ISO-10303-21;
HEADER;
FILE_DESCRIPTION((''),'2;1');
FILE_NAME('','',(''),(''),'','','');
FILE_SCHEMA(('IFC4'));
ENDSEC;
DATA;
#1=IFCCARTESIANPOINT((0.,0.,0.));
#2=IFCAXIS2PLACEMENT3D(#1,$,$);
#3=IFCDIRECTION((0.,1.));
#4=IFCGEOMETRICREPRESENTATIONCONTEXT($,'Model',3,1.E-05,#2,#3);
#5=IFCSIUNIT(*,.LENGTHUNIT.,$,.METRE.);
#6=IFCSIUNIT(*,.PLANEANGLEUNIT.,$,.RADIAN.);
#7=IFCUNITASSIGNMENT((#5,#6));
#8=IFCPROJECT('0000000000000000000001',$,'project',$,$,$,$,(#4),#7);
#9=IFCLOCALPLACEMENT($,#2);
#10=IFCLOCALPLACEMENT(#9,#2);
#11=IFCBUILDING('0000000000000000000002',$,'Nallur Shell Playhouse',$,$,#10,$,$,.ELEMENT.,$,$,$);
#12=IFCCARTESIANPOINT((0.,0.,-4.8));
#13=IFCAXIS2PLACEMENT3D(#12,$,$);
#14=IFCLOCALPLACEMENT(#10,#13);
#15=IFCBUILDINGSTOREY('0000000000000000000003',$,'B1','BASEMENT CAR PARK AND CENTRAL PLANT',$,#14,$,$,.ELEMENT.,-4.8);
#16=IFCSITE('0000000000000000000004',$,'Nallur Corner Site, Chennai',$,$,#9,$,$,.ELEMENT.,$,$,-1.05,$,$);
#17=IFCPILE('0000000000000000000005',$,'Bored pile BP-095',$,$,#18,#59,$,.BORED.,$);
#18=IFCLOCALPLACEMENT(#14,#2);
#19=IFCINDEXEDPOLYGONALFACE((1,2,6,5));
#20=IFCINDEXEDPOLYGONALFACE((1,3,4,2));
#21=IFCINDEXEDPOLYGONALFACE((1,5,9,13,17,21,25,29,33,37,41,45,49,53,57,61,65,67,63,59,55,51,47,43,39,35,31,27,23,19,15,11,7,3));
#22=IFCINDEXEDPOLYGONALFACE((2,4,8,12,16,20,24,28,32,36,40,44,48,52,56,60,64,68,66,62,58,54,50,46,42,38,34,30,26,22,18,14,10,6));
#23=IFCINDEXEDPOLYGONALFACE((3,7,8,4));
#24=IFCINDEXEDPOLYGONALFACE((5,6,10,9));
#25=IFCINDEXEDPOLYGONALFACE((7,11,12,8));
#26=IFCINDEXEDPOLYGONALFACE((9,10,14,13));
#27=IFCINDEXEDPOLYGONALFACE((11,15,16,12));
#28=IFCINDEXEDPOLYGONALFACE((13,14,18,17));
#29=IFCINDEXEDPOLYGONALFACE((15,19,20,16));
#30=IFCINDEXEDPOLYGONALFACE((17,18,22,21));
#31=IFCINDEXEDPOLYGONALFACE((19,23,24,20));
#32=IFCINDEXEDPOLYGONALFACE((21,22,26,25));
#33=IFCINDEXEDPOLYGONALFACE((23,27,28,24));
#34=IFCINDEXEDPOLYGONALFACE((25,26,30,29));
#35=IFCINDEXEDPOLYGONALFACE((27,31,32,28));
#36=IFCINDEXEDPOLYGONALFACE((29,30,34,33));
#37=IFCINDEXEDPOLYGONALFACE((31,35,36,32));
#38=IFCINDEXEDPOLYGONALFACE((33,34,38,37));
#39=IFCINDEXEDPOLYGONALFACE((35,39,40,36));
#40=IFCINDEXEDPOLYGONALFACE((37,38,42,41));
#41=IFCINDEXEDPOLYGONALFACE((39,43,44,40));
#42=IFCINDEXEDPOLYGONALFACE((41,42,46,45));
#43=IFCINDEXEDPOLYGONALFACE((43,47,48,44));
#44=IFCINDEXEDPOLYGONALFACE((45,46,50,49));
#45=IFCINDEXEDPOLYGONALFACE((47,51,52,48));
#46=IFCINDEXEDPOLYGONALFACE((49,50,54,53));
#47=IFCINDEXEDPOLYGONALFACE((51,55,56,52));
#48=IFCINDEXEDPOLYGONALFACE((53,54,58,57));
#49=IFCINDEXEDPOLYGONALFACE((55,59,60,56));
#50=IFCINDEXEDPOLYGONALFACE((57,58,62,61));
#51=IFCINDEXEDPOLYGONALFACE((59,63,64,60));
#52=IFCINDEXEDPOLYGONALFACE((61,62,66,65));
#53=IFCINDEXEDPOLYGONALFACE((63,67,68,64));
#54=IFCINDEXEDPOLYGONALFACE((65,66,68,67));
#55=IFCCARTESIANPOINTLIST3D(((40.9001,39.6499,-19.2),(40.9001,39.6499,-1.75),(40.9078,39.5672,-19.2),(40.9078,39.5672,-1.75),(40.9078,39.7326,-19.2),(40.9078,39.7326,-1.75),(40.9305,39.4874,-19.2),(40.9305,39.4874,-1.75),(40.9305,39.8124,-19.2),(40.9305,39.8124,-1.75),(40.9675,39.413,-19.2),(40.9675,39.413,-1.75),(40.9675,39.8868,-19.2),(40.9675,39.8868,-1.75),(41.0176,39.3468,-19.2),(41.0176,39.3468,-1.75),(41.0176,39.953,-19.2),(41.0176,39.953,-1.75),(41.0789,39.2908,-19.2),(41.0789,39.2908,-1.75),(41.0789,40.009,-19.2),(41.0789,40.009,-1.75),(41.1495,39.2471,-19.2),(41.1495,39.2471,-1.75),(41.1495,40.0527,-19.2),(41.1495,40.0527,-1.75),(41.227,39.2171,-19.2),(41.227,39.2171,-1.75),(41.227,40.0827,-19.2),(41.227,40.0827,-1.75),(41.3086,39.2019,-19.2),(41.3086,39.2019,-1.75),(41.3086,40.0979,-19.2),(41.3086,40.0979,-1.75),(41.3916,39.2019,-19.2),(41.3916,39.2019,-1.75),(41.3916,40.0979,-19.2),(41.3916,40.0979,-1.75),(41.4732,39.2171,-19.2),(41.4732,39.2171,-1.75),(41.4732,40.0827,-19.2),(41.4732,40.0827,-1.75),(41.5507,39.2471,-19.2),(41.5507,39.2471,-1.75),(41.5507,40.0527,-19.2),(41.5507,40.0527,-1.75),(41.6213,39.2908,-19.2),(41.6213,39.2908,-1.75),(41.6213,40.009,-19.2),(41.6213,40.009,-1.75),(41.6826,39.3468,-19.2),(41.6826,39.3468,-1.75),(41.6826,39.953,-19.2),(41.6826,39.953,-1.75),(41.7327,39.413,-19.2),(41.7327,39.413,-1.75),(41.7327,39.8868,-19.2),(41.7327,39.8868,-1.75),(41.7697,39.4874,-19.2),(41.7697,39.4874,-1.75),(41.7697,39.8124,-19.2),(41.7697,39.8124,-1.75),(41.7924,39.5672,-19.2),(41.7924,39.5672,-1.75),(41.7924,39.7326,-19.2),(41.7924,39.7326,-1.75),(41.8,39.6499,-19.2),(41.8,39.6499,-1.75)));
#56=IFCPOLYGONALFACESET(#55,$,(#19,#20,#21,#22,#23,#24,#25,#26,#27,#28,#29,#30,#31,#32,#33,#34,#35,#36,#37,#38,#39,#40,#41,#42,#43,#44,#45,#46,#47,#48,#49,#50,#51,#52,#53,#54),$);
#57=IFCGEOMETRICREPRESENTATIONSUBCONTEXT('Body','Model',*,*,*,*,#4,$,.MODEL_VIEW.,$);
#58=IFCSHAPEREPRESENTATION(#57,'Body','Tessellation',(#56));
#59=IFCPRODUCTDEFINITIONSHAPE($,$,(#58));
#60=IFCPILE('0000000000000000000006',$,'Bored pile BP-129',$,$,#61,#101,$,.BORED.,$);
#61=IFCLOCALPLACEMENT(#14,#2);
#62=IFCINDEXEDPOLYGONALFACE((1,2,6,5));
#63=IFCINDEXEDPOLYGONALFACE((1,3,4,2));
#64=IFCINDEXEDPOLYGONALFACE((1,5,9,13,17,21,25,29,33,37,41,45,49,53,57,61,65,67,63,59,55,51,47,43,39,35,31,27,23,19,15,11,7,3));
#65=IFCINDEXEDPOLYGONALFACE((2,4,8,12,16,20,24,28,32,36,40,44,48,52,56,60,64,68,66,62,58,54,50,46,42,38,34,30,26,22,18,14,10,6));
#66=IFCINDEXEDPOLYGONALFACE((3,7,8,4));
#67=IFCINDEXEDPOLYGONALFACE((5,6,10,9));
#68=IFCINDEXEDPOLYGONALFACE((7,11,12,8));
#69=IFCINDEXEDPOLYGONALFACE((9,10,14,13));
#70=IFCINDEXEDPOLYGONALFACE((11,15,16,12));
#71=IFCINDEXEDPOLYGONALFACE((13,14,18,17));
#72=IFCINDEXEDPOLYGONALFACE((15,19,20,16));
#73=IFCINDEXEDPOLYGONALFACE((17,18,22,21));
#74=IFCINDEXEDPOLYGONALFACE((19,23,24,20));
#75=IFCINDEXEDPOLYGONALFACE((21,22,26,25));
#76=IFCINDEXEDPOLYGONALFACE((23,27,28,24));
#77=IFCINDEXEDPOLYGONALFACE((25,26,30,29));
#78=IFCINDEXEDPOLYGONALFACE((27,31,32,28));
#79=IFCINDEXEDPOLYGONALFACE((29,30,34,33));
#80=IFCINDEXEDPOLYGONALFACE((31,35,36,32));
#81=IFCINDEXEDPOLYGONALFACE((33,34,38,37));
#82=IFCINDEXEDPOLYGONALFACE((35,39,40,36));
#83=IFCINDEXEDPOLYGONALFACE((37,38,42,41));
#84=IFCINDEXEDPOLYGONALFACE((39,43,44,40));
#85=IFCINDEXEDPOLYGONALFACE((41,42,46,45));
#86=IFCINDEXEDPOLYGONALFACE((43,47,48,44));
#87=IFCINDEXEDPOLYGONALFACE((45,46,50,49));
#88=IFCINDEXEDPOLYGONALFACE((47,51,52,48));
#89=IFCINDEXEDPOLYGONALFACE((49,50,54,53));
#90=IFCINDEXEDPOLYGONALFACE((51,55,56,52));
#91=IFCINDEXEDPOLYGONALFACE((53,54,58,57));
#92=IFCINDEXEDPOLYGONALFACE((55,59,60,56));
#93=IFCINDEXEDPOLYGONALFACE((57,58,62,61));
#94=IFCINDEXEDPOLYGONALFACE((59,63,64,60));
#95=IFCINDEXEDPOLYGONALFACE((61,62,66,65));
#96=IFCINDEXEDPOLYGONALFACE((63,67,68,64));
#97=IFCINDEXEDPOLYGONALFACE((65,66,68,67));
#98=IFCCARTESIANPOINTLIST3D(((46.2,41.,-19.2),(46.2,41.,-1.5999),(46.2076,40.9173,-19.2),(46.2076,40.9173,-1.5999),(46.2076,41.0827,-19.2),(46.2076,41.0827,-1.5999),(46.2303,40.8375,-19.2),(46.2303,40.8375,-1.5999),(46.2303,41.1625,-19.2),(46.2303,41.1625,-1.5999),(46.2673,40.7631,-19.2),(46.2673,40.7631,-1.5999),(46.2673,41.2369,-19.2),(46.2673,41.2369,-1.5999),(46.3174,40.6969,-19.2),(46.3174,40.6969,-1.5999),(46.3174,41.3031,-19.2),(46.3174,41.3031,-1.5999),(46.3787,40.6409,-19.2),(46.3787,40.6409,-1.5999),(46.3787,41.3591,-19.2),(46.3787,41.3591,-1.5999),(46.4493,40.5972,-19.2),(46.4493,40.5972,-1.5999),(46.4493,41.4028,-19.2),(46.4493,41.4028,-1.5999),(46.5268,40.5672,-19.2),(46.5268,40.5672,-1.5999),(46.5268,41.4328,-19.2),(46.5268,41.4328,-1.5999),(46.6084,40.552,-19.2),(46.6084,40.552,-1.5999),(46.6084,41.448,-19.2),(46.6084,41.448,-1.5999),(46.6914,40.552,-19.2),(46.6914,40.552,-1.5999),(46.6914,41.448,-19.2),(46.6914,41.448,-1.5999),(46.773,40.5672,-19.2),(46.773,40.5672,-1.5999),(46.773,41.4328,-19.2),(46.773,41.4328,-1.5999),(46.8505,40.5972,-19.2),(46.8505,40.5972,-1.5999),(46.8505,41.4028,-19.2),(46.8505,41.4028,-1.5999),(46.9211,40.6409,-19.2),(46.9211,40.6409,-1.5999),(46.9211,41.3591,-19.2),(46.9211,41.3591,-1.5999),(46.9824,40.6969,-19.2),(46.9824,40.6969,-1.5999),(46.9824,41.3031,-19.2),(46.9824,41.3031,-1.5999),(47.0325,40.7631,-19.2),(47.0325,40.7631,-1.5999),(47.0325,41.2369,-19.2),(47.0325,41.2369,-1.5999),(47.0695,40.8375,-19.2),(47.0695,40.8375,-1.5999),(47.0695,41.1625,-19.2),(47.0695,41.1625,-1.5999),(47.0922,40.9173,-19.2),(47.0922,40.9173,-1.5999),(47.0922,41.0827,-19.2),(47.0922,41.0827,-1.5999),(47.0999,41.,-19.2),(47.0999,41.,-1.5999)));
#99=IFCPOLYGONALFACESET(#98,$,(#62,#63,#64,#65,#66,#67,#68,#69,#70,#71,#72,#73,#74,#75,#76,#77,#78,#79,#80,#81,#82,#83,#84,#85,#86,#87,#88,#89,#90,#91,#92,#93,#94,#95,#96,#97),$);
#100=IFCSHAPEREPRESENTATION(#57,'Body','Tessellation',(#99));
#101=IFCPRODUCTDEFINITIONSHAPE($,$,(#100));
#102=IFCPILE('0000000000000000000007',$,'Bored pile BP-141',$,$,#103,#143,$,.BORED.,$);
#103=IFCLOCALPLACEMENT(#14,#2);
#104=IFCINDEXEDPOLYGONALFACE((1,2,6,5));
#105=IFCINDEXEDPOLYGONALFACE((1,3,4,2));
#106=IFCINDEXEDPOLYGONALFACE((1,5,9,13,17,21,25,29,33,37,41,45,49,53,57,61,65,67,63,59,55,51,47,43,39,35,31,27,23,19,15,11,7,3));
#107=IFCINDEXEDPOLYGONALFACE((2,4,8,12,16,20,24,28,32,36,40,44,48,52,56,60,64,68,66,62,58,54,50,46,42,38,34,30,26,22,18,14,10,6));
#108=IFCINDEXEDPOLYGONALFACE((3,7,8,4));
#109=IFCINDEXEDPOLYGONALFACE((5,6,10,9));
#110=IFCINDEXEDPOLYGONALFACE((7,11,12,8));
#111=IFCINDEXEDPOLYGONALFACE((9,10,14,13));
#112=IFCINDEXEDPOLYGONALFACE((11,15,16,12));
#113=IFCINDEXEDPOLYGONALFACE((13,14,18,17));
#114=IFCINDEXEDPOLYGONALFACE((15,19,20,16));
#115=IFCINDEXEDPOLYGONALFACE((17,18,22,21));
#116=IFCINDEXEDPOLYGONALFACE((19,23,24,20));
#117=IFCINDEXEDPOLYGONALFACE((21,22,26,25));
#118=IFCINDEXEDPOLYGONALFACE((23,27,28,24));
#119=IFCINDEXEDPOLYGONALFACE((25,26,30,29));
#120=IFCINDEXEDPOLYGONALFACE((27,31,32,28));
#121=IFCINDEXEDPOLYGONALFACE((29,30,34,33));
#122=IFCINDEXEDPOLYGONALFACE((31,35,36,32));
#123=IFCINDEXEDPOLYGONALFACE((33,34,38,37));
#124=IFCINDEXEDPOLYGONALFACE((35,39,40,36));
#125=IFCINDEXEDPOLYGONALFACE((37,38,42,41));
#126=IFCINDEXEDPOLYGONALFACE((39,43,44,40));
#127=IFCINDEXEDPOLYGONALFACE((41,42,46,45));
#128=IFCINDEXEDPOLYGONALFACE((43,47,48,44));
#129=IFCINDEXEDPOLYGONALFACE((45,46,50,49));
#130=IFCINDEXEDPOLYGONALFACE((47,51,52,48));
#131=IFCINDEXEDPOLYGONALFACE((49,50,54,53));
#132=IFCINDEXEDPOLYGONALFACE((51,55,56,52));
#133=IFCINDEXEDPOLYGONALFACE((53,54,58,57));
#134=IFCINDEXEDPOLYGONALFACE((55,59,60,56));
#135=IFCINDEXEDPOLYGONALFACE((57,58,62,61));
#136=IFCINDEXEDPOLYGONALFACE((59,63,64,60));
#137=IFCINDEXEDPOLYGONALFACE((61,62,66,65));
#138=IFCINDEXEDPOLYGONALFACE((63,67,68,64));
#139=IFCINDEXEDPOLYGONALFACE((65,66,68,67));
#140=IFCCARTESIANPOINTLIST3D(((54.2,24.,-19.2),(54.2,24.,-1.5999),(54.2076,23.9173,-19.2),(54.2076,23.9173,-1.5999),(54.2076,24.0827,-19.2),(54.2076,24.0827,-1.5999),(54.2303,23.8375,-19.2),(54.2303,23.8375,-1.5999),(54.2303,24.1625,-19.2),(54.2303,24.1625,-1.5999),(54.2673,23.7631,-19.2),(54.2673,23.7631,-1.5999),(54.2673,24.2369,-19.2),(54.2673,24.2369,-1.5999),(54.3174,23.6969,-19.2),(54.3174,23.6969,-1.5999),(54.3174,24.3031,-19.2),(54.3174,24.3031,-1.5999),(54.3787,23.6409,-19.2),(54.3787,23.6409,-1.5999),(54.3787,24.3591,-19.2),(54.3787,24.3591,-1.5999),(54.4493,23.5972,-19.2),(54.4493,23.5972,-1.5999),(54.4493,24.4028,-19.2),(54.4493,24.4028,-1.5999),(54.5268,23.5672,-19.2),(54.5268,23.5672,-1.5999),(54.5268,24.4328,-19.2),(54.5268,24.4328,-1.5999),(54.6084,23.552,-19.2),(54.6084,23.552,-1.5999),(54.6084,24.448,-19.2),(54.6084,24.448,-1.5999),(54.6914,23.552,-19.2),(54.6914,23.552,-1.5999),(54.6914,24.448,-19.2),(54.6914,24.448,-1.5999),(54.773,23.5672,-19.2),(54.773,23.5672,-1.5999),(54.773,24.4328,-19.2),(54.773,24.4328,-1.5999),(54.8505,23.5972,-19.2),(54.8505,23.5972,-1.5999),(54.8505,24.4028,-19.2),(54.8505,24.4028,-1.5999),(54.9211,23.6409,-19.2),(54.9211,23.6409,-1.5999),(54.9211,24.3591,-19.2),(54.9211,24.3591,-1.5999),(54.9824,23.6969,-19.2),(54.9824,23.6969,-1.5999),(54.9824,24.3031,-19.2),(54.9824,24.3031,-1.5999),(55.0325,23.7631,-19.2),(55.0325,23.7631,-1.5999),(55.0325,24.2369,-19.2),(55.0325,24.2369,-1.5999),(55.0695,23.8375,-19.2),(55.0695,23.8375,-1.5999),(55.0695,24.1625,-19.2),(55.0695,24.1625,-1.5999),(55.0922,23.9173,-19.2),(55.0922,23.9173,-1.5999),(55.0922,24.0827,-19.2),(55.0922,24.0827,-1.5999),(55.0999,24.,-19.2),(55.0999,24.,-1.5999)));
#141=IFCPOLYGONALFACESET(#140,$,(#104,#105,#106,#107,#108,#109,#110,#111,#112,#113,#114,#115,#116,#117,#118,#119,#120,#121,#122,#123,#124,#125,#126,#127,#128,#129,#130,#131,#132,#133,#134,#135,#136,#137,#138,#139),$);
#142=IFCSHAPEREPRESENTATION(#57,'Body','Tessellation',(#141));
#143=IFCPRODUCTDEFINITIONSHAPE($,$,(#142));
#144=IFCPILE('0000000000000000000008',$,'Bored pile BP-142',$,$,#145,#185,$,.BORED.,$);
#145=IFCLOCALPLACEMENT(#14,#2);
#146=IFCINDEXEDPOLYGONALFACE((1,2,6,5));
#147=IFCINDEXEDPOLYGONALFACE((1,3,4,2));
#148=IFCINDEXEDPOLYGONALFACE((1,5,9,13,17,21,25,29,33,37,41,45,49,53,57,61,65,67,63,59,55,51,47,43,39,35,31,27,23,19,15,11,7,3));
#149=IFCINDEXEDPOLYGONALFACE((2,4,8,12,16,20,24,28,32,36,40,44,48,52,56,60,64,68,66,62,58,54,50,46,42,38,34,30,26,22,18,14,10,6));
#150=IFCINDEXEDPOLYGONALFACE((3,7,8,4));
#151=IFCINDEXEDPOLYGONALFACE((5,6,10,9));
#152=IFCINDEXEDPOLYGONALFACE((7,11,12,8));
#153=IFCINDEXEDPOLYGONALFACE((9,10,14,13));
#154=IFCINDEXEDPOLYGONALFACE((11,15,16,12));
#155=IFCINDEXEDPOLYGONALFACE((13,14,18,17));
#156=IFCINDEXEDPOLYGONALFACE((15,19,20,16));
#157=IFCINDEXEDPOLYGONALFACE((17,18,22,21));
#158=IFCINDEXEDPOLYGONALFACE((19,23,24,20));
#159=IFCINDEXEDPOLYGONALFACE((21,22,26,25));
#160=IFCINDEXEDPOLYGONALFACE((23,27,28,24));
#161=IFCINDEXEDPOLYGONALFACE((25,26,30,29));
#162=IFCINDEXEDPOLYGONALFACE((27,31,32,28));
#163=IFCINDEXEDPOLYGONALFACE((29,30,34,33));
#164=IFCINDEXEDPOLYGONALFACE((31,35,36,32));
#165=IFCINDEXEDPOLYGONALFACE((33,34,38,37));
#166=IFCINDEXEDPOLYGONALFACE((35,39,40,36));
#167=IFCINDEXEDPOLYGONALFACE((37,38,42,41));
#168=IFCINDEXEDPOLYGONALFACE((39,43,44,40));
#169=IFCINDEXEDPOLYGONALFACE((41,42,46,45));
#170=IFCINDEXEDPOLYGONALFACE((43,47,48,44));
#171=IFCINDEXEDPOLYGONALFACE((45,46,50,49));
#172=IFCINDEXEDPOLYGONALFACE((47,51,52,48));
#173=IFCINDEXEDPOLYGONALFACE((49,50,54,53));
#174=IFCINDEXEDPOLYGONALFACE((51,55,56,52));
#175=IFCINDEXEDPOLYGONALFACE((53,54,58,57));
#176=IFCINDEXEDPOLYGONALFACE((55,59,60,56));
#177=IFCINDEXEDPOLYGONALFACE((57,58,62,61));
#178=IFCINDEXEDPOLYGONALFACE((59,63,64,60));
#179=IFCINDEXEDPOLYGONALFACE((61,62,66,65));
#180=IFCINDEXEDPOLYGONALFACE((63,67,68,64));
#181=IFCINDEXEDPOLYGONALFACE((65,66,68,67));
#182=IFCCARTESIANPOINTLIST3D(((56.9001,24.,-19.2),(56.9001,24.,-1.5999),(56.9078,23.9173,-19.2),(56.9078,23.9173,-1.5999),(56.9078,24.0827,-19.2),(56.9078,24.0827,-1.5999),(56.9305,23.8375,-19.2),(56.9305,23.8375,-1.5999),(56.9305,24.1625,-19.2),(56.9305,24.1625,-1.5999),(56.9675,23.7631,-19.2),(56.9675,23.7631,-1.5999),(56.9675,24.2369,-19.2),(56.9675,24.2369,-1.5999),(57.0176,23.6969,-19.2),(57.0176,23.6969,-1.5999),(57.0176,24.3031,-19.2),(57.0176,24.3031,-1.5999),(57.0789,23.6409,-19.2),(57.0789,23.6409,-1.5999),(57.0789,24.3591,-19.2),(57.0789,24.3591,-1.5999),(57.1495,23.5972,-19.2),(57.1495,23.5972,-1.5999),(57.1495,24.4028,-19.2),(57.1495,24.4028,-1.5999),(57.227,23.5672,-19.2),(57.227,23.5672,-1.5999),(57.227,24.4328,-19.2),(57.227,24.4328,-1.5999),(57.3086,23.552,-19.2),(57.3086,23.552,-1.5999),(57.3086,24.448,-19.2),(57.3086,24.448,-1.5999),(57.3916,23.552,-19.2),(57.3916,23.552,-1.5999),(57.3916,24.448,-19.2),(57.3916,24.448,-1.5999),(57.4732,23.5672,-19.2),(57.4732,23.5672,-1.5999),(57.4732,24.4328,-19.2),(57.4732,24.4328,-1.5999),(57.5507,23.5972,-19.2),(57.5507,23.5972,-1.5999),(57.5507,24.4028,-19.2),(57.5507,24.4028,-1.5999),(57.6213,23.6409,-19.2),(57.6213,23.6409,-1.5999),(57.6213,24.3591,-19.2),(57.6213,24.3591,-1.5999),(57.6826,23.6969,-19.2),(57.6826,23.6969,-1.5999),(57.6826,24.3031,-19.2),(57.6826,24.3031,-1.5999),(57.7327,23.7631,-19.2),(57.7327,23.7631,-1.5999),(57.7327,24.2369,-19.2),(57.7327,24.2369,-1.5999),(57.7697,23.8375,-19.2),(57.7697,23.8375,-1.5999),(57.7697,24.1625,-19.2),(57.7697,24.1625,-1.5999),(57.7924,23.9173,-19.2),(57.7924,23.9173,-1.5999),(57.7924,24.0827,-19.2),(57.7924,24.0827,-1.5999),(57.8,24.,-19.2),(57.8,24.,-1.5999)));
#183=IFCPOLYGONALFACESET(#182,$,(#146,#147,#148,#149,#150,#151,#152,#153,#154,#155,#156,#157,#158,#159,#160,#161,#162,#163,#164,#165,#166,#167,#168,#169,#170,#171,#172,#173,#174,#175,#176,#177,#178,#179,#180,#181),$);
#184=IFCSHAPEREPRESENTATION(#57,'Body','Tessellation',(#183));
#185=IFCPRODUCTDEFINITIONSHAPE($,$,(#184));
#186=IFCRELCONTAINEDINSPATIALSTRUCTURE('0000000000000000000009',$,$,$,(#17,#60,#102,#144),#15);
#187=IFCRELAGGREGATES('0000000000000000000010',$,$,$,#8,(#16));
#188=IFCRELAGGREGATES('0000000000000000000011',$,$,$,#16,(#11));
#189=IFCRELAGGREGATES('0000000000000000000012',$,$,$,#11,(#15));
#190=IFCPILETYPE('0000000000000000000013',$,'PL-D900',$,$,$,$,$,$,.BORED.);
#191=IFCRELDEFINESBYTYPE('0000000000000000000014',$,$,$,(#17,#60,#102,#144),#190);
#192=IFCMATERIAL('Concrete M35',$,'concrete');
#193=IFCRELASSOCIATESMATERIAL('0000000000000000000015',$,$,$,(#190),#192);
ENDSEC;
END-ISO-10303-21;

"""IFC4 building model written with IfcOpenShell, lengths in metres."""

from ifc_helpers import new_model, si_unit, direction, frame, origin, origin_2d, place, context, subcontext, project, spatial, circle, extrude, material, material_profile, profile_set, type_object, element, save


model = new_model("IFC4")

# Units and contexts
model_context = context("Model", 3, precision=1e-05, world=origin(), true_north=direction((0.0, 1.0)))
body_context = subcontext(model_context, "Body", "Model", "MODEL_VIEW")
ifc_project = project(units=[si_unit("LENGTHUNIT", "METRE"), si_unit("PLANEANGLEUNIT", "RADIAN")], contexts=[model_context])

# Site, building, storey
site_placement = place(None, origin())
site = spatial("IfcSite", under=ifc_project, at=site_placement, Name="Nallur Corner Site, Chennai", CompositionType="ELEMENT", RefElevation=-1.05)
building_placement = place(site_placement, origin())
building = spatial("IfcBuilding", under=site, at=building_placement, Name="Nallur Shell Playhouse", CompositionType="ELEMENT")
storey_placement = place(building_placement, frame((0.0, 0.0, -4.8)))
storey = spatial("IfcBuildingStorey", under=building, at=storey_placement, Name="B1", Description="BASEMENT CAR PARK AND CENTRAL PLANT", CompositionType="ELEMENT", Elevation=-4.8)

# Shared definitions
ifc_material_1 = material(Name="Concrete M35", Category="concrete")

# Piles
ifc_material_profile_1 = material_profile(ifc_material_1, circle(Radius=0.45, at=origin_2d()), Name="BORED PILE D900")
ifc_profile_set_1 = profile_set([ifc_material_profile_1], Name="Concrete M35")
pile_type_1 = type_object("IfcPileType", Name="PL-D900", PredefinedType="BORED", material=ifc_profile_set_1)
for number, where, z_axis, x_axis, name in (
    (1, (41.3501, 39.6499, -1.75), (0.0, 0.0, -1.0), (1.0, 0.0, 0.0), "Bored pile BP-095"),
):
    element("IfcPile", number, at=place(storey_placement, frame(where, z_axis=z_axis, x_axis=x_axis)), inside=storey, type_object=pile_type_1, Name=name, PredefinedType="BORED", context=body_context, shape_type="SweptSolid", body=[
        extrude(circle(Radius=0.45, at=origin_2d()), origin(), (0.0, 0.0, 1.0), 17.45),
    ])
for number, where, z_axis, x_axis, name in (
    (2, (46.6499, 41.0, -1.5999), (0.0, 0.0, -1.0), (1.0, 0.0, 0.0), "Bored pile BP-129"),
    (3, (54.6499, 24.0, -1.5999), (0.0, 0.0, -1.0), (1.0, 0.0, 0.0), "Bored pile BP-141"),
    (4, (57.3501, 24.0, -1.5999), (0.0, 0.0, -1.0), (1.0, 0.0, 0.0), "Bored pile BP-142"),
):
    element("IfcPile", number, at=place(storey_placement, frame(where, z_axis=z_axis, x_axis=x_axis)), inside=storey, type_object=pile_type_1, Name=name, PredefinedType="BORED", context=body_context, shape_type="SweptSolid", body=[
        extrude(circle(Radius=0.45, at=origin_2d()), origin(), (0.0, 0.0, 1.0), 17.6001),
    ])

save(model, "model.ifc")
